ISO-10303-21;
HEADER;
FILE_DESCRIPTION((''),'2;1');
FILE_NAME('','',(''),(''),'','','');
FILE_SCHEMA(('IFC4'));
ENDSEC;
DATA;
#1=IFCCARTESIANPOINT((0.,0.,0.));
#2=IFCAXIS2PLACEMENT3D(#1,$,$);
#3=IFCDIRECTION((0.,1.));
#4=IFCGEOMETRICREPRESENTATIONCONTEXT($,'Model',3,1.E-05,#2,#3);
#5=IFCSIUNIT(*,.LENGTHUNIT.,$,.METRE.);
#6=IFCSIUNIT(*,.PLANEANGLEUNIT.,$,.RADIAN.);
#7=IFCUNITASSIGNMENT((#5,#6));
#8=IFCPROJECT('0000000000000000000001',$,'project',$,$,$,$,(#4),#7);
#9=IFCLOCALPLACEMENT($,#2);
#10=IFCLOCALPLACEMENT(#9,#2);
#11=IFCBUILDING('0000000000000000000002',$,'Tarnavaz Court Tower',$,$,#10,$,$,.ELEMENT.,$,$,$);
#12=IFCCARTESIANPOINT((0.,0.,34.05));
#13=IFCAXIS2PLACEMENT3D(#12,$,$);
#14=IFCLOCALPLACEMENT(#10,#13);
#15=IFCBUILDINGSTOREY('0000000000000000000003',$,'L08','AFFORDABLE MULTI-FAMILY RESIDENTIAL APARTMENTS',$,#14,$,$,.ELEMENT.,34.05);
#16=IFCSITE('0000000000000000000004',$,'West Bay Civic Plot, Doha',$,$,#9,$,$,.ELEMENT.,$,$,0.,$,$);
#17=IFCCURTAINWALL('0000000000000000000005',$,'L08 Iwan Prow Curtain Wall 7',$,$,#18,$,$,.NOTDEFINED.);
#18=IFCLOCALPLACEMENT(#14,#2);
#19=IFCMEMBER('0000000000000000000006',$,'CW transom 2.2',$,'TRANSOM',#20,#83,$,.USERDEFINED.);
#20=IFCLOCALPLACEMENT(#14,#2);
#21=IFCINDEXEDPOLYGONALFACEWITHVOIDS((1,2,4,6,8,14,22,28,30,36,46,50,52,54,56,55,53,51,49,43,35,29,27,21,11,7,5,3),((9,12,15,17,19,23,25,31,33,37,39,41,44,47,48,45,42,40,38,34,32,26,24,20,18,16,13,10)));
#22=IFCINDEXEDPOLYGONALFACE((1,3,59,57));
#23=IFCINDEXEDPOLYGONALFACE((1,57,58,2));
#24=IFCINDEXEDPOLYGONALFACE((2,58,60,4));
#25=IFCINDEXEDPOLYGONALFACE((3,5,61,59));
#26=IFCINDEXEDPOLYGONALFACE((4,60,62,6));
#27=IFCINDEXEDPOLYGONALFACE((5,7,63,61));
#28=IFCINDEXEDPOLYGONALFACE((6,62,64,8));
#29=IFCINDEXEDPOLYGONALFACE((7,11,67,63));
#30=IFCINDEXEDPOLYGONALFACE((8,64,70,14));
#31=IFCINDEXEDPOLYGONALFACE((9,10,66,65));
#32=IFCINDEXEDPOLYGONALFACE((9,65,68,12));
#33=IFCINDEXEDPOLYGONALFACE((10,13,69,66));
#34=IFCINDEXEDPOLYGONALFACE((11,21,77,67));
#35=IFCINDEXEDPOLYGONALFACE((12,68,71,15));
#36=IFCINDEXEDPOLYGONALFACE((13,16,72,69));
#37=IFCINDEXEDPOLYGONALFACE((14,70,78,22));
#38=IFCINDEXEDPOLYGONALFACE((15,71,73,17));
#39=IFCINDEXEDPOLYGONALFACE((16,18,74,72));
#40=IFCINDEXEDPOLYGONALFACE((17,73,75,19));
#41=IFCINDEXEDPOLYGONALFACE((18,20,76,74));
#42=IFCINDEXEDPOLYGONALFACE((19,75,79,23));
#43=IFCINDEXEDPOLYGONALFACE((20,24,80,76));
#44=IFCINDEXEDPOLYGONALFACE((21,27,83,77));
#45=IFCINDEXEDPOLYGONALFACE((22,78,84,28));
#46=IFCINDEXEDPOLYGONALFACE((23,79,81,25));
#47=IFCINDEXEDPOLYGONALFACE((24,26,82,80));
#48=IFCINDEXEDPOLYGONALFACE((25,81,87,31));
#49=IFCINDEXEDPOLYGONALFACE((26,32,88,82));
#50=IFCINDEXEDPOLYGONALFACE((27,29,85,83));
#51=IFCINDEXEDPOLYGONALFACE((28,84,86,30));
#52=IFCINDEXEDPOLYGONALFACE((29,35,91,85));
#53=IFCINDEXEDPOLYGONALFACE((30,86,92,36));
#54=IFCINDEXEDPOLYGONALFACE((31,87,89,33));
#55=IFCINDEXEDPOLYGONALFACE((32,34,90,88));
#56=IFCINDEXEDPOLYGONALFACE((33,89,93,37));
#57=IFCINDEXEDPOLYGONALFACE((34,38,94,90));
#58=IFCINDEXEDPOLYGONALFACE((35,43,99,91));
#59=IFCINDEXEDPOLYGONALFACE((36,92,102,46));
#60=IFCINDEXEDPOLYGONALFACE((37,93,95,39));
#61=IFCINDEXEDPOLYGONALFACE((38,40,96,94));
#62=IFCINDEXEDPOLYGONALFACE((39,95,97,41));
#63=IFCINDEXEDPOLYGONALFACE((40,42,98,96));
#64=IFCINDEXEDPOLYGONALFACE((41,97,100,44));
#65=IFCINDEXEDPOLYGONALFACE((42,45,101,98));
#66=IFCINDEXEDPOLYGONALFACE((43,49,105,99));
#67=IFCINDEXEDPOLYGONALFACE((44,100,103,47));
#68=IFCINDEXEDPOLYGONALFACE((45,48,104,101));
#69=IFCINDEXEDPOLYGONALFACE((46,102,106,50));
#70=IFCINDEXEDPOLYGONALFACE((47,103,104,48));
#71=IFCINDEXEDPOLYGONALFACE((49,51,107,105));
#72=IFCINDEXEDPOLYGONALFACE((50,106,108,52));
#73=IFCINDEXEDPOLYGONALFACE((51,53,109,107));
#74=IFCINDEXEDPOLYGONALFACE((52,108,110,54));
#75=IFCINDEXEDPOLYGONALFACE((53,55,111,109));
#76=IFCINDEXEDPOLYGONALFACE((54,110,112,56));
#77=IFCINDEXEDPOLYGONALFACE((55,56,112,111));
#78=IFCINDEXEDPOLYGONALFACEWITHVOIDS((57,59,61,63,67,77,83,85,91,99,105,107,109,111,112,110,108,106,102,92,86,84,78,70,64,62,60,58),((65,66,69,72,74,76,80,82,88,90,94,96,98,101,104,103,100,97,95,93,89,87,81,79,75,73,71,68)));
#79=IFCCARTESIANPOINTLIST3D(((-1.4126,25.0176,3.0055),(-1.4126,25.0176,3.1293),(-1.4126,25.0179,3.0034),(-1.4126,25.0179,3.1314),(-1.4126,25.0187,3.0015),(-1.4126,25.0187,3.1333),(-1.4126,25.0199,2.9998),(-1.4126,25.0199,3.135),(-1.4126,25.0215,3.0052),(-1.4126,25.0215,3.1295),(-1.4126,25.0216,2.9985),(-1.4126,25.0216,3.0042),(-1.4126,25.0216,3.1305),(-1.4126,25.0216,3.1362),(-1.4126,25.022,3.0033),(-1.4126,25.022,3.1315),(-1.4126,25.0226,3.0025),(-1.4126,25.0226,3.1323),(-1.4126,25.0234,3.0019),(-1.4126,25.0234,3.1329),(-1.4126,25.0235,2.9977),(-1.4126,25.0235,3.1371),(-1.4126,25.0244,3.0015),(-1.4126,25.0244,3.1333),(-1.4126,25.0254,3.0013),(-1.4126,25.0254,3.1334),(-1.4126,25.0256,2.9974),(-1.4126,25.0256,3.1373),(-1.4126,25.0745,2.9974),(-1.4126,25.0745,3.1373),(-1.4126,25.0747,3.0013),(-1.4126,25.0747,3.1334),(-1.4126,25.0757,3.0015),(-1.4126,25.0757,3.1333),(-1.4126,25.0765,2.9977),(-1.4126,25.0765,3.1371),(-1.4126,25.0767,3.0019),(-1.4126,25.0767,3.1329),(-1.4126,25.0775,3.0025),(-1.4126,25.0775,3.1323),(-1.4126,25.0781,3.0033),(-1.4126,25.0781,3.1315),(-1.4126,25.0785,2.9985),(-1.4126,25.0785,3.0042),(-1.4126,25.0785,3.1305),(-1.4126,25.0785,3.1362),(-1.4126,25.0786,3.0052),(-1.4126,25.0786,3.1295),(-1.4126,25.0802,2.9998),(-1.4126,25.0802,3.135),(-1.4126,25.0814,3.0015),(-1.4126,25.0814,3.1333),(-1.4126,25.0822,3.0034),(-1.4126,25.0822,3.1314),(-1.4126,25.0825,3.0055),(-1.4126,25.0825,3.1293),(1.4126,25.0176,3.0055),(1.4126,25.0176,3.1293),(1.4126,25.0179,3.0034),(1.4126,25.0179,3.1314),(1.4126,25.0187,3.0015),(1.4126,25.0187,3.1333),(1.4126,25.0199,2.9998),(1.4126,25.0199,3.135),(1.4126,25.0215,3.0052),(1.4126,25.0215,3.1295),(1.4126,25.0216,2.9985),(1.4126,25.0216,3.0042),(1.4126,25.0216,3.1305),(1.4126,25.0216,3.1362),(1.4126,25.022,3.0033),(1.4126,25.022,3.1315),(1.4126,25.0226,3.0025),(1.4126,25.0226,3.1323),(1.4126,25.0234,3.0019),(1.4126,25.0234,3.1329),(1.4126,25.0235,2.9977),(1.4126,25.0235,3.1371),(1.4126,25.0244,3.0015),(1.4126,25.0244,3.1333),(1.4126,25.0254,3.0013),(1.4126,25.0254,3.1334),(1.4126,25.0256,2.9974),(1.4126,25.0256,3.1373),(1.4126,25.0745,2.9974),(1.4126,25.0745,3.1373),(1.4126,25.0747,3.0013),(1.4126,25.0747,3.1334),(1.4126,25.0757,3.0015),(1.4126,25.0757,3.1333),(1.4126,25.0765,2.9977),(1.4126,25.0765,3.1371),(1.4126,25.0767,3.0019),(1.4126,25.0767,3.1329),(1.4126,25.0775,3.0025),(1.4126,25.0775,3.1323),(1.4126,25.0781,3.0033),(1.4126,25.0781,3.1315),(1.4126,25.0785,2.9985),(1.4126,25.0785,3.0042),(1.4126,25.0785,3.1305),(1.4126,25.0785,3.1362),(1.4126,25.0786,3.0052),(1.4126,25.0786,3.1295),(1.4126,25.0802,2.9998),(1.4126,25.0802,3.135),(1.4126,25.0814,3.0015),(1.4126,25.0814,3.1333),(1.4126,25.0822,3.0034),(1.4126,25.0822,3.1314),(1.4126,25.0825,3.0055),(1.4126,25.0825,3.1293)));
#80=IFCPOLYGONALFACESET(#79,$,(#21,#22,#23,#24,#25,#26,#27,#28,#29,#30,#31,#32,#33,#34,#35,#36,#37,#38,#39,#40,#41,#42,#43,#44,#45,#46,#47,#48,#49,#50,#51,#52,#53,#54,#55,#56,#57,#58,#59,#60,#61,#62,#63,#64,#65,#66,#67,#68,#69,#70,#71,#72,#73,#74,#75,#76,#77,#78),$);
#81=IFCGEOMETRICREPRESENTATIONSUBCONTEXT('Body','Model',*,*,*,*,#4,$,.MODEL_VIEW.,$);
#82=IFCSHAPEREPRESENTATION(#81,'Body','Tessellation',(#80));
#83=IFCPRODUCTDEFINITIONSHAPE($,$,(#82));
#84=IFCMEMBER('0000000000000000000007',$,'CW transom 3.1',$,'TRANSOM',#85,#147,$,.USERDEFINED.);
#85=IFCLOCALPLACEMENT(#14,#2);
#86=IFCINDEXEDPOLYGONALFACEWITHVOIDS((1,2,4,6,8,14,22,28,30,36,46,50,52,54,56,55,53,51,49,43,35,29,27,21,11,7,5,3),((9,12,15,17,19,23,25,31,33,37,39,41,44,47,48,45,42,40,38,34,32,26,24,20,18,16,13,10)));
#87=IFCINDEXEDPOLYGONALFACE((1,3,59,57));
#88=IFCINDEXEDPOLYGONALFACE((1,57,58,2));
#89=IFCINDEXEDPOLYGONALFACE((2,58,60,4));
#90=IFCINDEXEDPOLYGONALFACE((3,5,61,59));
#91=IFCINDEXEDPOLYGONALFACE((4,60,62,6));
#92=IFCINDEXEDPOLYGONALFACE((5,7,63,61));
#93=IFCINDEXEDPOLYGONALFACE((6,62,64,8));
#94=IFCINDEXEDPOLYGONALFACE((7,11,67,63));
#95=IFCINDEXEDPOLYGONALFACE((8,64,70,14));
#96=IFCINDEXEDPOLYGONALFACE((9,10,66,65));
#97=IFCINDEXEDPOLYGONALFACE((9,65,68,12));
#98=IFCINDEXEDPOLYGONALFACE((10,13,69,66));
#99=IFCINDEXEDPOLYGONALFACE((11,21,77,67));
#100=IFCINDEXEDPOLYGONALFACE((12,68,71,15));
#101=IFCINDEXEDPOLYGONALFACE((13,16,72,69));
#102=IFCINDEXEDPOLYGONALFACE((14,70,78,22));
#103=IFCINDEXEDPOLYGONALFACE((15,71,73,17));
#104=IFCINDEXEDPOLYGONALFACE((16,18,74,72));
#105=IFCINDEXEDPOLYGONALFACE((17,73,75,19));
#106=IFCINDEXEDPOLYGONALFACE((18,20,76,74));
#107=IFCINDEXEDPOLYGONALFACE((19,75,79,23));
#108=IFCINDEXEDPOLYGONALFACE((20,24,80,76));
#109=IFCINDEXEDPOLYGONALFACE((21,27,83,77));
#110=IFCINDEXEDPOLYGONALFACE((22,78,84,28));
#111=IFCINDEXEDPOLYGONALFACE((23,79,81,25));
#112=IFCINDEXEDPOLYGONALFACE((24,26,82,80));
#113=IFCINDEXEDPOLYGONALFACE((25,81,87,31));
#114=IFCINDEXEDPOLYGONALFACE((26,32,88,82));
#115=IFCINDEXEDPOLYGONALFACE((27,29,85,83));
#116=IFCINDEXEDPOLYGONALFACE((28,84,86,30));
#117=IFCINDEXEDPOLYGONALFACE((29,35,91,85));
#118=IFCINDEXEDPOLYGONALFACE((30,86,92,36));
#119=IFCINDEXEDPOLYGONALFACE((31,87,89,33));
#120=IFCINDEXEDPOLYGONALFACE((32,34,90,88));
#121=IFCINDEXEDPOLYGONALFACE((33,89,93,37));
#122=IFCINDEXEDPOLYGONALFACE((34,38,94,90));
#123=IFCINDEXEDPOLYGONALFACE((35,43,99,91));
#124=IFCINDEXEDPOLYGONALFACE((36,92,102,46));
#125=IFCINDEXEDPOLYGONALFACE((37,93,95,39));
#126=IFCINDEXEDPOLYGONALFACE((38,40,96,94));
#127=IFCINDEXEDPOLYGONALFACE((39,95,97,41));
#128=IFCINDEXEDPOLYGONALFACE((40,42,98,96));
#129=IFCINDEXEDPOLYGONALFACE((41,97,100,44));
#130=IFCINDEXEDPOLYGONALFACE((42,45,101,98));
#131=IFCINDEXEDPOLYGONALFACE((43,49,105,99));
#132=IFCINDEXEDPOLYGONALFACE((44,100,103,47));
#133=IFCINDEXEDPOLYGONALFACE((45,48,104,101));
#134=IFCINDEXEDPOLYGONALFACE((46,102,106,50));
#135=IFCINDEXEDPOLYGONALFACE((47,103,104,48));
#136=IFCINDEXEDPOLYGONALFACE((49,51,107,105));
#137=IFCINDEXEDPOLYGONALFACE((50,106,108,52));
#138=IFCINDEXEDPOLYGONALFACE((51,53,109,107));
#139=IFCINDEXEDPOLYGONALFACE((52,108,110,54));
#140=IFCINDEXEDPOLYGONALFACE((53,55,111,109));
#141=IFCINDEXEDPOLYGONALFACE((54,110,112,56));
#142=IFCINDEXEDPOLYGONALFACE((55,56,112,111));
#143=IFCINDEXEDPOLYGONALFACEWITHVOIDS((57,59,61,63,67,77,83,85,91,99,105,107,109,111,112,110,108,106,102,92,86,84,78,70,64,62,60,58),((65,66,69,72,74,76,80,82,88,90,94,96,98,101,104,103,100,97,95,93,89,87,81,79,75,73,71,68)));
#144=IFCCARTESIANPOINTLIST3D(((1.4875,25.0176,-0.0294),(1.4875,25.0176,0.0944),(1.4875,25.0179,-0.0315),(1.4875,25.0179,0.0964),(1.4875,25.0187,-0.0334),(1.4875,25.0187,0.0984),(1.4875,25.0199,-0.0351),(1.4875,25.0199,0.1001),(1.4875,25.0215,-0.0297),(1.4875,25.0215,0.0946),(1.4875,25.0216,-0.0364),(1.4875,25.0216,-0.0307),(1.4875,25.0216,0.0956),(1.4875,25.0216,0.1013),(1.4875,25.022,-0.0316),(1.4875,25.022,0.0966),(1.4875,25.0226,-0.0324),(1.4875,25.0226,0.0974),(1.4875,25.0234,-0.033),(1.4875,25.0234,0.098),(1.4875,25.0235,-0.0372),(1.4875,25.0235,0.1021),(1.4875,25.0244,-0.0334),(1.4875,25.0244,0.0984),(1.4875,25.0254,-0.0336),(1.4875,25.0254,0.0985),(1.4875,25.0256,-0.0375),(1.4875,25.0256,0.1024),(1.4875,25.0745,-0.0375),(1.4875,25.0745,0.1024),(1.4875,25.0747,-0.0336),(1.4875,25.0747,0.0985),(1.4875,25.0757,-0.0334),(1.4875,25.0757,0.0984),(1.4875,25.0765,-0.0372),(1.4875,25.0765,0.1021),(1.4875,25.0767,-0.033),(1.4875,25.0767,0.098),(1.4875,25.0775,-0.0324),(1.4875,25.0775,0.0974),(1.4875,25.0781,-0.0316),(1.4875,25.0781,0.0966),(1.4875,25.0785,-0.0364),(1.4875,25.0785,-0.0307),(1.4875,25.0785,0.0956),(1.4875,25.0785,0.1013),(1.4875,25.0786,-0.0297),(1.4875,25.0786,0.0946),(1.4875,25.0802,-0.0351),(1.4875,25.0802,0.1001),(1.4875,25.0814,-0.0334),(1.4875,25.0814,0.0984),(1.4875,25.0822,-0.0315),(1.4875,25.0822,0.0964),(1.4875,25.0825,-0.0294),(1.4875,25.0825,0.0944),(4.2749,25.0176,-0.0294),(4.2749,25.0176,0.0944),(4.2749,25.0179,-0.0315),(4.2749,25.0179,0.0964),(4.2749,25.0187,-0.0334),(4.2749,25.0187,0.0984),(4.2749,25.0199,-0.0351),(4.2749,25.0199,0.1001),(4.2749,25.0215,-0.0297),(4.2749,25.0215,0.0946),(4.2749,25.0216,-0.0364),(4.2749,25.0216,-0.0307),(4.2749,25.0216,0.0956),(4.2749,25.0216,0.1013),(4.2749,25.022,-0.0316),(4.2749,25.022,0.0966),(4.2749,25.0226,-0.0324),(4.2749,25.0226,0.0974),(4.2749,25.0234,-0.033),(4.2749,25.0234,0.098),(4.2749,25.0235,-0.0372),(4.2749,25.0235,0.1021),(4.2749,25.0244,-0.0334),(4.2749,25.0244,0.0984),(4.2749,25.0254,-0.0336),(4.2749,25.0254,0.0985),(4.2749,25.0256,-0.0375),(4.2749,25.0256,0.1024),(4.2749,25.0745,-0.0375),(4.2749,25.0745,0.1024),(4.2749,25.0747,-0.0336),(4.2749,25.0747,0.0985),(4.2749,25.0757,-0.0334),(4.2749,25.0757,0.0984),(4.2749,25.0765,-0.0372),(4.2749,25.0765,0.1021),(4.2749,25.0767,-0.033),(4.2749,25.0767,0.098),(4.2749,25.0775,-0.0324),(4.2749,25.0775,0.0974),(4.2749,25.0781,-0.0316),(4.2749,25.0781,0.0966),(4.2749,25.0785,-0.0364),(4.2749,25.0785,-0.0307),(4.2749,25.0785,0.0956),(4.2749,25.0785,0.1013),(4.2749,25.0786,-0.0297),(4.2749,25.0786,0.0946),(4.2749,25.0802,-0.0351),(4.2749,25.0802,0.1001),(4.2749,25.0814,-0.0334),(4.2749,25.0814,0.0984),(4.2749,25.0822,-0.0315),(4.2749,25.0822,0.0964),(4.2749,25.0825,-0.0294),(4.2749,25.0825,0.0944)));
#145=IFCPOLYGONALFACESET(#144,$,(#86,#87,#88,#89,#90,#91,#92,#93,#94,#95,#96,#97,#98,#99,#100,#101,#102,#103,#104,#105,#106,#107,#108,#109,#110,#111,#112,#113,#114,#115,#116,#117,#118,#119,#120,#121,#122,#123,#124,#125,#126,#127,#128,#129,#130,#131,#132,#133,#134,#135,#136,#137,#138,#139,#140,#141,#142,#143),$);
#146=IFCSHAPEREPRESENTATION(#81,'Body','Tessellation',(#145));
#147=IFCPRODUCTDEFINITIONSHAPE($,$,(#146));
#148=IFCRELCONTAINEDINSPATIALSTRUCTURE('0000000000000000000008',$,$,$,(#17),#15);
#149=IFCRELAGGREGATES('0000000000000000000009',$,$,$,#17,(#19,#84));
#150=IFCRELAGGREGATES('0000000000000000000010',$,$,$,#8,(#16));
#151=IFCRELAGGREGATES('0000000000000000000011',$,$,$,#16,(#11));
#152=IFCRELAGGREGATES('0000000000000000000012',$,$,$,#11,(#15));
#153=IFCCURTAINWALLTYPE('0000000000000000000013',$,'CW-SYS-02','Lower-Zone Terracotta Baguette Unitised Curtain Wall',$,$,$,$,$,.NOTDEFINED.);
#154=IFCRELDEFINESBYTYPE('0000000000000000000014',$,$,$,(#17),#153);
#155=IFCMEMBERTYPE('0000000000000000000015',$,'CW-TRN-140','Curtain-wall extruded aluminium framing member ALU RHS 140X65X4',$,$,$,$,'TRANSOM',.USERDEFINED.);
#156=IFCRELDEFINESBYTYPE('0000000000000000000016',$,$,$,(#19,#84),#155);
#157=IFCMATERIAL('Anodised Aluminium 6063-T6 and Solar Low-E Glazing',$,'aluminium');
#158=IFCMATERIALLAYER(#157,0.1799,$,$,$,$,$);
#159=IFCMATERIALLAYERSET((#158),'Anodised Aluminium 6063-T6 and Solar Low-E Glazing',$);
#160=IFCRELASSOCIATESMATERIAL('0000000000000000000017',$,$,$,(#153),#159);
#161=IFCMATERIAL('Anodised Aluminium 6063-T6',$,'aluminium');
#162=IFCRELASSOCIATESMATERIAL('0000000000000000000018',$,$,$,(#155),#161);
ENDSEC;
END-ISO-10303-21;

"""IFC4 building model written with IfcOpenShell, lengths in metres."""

from ifc_helpers import new_model, si_unit, direction, frame, origin, origin_2d, place, context, subcontext, project, spatial, hollow_rectangle, extrude, material, layer, layer_set, material_profile, profile_set, type_object, element, aggregate, save


model = new_model("IFC4")

# Units and contexts
model_context = context("Model", 3, precision=1e-05, world=origin(), true_north=direction((0.0, 1.0)))
body_context = subcontext(model_context, "Body", "Model", "MODEL_VIEW")
ifc_project = project(units=[si_unit("LENGTHUNIT", "METRE"), si_unit("PLANEANGLEUNIT", "RADIAN")], contexts=[model_context])

# Site, building, storey
site_placement = place(None, origin())
site = spatial("IfcSite", under=ifc_project, at=site_placement, Name="West Bay Civic Plot, Doha", CompositionType="ELEMENT", RefElevation=0.0)
building_placement = place(site_placement, origin())
building = spatial("IfcBuilding", under=site, at=building_placement, Name="Tarnavaz Court Tower", CompositionType="ELEMENT")
storey_placement = place(building_placement, frame((0.0, 0.0, 34.05)))
storey = spatial("IfcBuildingStorey", under=building, at=storey_placement, Name="L08", Description="AFFORDABLE MULTI-FAMILY RESIDENTIAL APARTMENTS", CompositionType="ELEMENT", Elevation=34.05)

# Curtain wall, members
ifc_material_1 = material(Name="Anodised Aluminium 6063-T6 and Solar Low-E Glazing", Category="aluminium")
ifc_layer_1 = layer(ifc_material_1, 0.1799)
ifc_layer_set_1 = layer_set([ifc_layer_1], Name="Anodised Aluminium 6063-T6 and Solar Low-E Glazing")
curtain_wall_type = type_object("IfcCurtainWallType", Name="CW-SYS-02", Description="Lower-Zone Terracotta Baguette Unitised Curtain Wall", PredefinedType="NOTDEFINED", material=ifc_layer_set_1)
curtain_wall_placement = place(storey_placement, origin())
curtain_wall = element("IfcCurtainWall", 1, at=curtain_wall_placement, inside=storey, type_object=curtain_wall_type, Name="L08 Iwan Prow Curtain Wall 7", PredefinedType="NOTDEFINED")
ifc_material_2 = material(Name="Anodised Aluminium 6063-T6", Category="aluminium")
ifc_material_profile_1 = material_profile(ifc_material_2, hollow_rectangle(XDim=0.0649, YDim=0.1399, WallThickness=0.0039, InnerFilletRadius=0.0039, OuterFilletRadius=0.0081, at=origin_2d()), Name="ALU RHS 140X65X4")
ifc_profile_set_1 = profile_set([ifc_material_profile_1], Name="Anodised Aluminium 6063-T6")
member_type_1 = type_object("IfcMemberType", Name="CW-TRN-140", Description="Curtain-wall extruded aluminium framing member ALU RHS 140X65X4", ElementType="TRANSOM", PredefinedType="USERDEFINED", material=ifc_profile_set_1)
member_1_placement = place(storey_placement, frame((-1.4126, 25.05, 3.0674), z_axis=(1.0, 0.0, 0.0), x_axis=(0.0, 1.0, 0.0)))
member_1 = element("IfcMember", 2, at=member_1_placement, type_object=member_type_1, Name="CW transom 2.2", ObjectType="TRANSOM", PredefinedType="USERDEFINED", context=body_context, shape_type="SweptSolid", body=[
    extrude(hollow_rectangle(XDim=0.0649, YDim=0.1399, WallThickness=0.0039, InnerFilletRadius=0.0039, OuterFilletRadius=0.0081, at=origin_2d()), origin(), (0.0, 0.0, 1.0), 2.8252),
])
member_2_placement = place(storey_placement, frame((1.4875, 25.05, 0.0325), z_axis=(1.0, 0.0, 0.0), x_axis=(0.0, 1.0, 0.0)))
member_2 = element("IfcMember", 3, at=member_2_placement, type_object=member_type_1, Name="CW transom 3.1", ObjectType="TRANSOM", PredefinedType="USERDEFINED", context=body_context, shape_type="SweptSolid", body=[
    extrude(hollow_rectangle(XDim=0.0649, YDim=0.1399, WallThickness=0.0039, InnerFilletRadius=0.0039, OuterFilletRadius=0.0081, at=origin_2d()), origin(), (0.0, 0.0, 1.0), 2.7874),
])
aggregate(curtain_wall, [member_1, member_2])

save(model, "model.ifc")
